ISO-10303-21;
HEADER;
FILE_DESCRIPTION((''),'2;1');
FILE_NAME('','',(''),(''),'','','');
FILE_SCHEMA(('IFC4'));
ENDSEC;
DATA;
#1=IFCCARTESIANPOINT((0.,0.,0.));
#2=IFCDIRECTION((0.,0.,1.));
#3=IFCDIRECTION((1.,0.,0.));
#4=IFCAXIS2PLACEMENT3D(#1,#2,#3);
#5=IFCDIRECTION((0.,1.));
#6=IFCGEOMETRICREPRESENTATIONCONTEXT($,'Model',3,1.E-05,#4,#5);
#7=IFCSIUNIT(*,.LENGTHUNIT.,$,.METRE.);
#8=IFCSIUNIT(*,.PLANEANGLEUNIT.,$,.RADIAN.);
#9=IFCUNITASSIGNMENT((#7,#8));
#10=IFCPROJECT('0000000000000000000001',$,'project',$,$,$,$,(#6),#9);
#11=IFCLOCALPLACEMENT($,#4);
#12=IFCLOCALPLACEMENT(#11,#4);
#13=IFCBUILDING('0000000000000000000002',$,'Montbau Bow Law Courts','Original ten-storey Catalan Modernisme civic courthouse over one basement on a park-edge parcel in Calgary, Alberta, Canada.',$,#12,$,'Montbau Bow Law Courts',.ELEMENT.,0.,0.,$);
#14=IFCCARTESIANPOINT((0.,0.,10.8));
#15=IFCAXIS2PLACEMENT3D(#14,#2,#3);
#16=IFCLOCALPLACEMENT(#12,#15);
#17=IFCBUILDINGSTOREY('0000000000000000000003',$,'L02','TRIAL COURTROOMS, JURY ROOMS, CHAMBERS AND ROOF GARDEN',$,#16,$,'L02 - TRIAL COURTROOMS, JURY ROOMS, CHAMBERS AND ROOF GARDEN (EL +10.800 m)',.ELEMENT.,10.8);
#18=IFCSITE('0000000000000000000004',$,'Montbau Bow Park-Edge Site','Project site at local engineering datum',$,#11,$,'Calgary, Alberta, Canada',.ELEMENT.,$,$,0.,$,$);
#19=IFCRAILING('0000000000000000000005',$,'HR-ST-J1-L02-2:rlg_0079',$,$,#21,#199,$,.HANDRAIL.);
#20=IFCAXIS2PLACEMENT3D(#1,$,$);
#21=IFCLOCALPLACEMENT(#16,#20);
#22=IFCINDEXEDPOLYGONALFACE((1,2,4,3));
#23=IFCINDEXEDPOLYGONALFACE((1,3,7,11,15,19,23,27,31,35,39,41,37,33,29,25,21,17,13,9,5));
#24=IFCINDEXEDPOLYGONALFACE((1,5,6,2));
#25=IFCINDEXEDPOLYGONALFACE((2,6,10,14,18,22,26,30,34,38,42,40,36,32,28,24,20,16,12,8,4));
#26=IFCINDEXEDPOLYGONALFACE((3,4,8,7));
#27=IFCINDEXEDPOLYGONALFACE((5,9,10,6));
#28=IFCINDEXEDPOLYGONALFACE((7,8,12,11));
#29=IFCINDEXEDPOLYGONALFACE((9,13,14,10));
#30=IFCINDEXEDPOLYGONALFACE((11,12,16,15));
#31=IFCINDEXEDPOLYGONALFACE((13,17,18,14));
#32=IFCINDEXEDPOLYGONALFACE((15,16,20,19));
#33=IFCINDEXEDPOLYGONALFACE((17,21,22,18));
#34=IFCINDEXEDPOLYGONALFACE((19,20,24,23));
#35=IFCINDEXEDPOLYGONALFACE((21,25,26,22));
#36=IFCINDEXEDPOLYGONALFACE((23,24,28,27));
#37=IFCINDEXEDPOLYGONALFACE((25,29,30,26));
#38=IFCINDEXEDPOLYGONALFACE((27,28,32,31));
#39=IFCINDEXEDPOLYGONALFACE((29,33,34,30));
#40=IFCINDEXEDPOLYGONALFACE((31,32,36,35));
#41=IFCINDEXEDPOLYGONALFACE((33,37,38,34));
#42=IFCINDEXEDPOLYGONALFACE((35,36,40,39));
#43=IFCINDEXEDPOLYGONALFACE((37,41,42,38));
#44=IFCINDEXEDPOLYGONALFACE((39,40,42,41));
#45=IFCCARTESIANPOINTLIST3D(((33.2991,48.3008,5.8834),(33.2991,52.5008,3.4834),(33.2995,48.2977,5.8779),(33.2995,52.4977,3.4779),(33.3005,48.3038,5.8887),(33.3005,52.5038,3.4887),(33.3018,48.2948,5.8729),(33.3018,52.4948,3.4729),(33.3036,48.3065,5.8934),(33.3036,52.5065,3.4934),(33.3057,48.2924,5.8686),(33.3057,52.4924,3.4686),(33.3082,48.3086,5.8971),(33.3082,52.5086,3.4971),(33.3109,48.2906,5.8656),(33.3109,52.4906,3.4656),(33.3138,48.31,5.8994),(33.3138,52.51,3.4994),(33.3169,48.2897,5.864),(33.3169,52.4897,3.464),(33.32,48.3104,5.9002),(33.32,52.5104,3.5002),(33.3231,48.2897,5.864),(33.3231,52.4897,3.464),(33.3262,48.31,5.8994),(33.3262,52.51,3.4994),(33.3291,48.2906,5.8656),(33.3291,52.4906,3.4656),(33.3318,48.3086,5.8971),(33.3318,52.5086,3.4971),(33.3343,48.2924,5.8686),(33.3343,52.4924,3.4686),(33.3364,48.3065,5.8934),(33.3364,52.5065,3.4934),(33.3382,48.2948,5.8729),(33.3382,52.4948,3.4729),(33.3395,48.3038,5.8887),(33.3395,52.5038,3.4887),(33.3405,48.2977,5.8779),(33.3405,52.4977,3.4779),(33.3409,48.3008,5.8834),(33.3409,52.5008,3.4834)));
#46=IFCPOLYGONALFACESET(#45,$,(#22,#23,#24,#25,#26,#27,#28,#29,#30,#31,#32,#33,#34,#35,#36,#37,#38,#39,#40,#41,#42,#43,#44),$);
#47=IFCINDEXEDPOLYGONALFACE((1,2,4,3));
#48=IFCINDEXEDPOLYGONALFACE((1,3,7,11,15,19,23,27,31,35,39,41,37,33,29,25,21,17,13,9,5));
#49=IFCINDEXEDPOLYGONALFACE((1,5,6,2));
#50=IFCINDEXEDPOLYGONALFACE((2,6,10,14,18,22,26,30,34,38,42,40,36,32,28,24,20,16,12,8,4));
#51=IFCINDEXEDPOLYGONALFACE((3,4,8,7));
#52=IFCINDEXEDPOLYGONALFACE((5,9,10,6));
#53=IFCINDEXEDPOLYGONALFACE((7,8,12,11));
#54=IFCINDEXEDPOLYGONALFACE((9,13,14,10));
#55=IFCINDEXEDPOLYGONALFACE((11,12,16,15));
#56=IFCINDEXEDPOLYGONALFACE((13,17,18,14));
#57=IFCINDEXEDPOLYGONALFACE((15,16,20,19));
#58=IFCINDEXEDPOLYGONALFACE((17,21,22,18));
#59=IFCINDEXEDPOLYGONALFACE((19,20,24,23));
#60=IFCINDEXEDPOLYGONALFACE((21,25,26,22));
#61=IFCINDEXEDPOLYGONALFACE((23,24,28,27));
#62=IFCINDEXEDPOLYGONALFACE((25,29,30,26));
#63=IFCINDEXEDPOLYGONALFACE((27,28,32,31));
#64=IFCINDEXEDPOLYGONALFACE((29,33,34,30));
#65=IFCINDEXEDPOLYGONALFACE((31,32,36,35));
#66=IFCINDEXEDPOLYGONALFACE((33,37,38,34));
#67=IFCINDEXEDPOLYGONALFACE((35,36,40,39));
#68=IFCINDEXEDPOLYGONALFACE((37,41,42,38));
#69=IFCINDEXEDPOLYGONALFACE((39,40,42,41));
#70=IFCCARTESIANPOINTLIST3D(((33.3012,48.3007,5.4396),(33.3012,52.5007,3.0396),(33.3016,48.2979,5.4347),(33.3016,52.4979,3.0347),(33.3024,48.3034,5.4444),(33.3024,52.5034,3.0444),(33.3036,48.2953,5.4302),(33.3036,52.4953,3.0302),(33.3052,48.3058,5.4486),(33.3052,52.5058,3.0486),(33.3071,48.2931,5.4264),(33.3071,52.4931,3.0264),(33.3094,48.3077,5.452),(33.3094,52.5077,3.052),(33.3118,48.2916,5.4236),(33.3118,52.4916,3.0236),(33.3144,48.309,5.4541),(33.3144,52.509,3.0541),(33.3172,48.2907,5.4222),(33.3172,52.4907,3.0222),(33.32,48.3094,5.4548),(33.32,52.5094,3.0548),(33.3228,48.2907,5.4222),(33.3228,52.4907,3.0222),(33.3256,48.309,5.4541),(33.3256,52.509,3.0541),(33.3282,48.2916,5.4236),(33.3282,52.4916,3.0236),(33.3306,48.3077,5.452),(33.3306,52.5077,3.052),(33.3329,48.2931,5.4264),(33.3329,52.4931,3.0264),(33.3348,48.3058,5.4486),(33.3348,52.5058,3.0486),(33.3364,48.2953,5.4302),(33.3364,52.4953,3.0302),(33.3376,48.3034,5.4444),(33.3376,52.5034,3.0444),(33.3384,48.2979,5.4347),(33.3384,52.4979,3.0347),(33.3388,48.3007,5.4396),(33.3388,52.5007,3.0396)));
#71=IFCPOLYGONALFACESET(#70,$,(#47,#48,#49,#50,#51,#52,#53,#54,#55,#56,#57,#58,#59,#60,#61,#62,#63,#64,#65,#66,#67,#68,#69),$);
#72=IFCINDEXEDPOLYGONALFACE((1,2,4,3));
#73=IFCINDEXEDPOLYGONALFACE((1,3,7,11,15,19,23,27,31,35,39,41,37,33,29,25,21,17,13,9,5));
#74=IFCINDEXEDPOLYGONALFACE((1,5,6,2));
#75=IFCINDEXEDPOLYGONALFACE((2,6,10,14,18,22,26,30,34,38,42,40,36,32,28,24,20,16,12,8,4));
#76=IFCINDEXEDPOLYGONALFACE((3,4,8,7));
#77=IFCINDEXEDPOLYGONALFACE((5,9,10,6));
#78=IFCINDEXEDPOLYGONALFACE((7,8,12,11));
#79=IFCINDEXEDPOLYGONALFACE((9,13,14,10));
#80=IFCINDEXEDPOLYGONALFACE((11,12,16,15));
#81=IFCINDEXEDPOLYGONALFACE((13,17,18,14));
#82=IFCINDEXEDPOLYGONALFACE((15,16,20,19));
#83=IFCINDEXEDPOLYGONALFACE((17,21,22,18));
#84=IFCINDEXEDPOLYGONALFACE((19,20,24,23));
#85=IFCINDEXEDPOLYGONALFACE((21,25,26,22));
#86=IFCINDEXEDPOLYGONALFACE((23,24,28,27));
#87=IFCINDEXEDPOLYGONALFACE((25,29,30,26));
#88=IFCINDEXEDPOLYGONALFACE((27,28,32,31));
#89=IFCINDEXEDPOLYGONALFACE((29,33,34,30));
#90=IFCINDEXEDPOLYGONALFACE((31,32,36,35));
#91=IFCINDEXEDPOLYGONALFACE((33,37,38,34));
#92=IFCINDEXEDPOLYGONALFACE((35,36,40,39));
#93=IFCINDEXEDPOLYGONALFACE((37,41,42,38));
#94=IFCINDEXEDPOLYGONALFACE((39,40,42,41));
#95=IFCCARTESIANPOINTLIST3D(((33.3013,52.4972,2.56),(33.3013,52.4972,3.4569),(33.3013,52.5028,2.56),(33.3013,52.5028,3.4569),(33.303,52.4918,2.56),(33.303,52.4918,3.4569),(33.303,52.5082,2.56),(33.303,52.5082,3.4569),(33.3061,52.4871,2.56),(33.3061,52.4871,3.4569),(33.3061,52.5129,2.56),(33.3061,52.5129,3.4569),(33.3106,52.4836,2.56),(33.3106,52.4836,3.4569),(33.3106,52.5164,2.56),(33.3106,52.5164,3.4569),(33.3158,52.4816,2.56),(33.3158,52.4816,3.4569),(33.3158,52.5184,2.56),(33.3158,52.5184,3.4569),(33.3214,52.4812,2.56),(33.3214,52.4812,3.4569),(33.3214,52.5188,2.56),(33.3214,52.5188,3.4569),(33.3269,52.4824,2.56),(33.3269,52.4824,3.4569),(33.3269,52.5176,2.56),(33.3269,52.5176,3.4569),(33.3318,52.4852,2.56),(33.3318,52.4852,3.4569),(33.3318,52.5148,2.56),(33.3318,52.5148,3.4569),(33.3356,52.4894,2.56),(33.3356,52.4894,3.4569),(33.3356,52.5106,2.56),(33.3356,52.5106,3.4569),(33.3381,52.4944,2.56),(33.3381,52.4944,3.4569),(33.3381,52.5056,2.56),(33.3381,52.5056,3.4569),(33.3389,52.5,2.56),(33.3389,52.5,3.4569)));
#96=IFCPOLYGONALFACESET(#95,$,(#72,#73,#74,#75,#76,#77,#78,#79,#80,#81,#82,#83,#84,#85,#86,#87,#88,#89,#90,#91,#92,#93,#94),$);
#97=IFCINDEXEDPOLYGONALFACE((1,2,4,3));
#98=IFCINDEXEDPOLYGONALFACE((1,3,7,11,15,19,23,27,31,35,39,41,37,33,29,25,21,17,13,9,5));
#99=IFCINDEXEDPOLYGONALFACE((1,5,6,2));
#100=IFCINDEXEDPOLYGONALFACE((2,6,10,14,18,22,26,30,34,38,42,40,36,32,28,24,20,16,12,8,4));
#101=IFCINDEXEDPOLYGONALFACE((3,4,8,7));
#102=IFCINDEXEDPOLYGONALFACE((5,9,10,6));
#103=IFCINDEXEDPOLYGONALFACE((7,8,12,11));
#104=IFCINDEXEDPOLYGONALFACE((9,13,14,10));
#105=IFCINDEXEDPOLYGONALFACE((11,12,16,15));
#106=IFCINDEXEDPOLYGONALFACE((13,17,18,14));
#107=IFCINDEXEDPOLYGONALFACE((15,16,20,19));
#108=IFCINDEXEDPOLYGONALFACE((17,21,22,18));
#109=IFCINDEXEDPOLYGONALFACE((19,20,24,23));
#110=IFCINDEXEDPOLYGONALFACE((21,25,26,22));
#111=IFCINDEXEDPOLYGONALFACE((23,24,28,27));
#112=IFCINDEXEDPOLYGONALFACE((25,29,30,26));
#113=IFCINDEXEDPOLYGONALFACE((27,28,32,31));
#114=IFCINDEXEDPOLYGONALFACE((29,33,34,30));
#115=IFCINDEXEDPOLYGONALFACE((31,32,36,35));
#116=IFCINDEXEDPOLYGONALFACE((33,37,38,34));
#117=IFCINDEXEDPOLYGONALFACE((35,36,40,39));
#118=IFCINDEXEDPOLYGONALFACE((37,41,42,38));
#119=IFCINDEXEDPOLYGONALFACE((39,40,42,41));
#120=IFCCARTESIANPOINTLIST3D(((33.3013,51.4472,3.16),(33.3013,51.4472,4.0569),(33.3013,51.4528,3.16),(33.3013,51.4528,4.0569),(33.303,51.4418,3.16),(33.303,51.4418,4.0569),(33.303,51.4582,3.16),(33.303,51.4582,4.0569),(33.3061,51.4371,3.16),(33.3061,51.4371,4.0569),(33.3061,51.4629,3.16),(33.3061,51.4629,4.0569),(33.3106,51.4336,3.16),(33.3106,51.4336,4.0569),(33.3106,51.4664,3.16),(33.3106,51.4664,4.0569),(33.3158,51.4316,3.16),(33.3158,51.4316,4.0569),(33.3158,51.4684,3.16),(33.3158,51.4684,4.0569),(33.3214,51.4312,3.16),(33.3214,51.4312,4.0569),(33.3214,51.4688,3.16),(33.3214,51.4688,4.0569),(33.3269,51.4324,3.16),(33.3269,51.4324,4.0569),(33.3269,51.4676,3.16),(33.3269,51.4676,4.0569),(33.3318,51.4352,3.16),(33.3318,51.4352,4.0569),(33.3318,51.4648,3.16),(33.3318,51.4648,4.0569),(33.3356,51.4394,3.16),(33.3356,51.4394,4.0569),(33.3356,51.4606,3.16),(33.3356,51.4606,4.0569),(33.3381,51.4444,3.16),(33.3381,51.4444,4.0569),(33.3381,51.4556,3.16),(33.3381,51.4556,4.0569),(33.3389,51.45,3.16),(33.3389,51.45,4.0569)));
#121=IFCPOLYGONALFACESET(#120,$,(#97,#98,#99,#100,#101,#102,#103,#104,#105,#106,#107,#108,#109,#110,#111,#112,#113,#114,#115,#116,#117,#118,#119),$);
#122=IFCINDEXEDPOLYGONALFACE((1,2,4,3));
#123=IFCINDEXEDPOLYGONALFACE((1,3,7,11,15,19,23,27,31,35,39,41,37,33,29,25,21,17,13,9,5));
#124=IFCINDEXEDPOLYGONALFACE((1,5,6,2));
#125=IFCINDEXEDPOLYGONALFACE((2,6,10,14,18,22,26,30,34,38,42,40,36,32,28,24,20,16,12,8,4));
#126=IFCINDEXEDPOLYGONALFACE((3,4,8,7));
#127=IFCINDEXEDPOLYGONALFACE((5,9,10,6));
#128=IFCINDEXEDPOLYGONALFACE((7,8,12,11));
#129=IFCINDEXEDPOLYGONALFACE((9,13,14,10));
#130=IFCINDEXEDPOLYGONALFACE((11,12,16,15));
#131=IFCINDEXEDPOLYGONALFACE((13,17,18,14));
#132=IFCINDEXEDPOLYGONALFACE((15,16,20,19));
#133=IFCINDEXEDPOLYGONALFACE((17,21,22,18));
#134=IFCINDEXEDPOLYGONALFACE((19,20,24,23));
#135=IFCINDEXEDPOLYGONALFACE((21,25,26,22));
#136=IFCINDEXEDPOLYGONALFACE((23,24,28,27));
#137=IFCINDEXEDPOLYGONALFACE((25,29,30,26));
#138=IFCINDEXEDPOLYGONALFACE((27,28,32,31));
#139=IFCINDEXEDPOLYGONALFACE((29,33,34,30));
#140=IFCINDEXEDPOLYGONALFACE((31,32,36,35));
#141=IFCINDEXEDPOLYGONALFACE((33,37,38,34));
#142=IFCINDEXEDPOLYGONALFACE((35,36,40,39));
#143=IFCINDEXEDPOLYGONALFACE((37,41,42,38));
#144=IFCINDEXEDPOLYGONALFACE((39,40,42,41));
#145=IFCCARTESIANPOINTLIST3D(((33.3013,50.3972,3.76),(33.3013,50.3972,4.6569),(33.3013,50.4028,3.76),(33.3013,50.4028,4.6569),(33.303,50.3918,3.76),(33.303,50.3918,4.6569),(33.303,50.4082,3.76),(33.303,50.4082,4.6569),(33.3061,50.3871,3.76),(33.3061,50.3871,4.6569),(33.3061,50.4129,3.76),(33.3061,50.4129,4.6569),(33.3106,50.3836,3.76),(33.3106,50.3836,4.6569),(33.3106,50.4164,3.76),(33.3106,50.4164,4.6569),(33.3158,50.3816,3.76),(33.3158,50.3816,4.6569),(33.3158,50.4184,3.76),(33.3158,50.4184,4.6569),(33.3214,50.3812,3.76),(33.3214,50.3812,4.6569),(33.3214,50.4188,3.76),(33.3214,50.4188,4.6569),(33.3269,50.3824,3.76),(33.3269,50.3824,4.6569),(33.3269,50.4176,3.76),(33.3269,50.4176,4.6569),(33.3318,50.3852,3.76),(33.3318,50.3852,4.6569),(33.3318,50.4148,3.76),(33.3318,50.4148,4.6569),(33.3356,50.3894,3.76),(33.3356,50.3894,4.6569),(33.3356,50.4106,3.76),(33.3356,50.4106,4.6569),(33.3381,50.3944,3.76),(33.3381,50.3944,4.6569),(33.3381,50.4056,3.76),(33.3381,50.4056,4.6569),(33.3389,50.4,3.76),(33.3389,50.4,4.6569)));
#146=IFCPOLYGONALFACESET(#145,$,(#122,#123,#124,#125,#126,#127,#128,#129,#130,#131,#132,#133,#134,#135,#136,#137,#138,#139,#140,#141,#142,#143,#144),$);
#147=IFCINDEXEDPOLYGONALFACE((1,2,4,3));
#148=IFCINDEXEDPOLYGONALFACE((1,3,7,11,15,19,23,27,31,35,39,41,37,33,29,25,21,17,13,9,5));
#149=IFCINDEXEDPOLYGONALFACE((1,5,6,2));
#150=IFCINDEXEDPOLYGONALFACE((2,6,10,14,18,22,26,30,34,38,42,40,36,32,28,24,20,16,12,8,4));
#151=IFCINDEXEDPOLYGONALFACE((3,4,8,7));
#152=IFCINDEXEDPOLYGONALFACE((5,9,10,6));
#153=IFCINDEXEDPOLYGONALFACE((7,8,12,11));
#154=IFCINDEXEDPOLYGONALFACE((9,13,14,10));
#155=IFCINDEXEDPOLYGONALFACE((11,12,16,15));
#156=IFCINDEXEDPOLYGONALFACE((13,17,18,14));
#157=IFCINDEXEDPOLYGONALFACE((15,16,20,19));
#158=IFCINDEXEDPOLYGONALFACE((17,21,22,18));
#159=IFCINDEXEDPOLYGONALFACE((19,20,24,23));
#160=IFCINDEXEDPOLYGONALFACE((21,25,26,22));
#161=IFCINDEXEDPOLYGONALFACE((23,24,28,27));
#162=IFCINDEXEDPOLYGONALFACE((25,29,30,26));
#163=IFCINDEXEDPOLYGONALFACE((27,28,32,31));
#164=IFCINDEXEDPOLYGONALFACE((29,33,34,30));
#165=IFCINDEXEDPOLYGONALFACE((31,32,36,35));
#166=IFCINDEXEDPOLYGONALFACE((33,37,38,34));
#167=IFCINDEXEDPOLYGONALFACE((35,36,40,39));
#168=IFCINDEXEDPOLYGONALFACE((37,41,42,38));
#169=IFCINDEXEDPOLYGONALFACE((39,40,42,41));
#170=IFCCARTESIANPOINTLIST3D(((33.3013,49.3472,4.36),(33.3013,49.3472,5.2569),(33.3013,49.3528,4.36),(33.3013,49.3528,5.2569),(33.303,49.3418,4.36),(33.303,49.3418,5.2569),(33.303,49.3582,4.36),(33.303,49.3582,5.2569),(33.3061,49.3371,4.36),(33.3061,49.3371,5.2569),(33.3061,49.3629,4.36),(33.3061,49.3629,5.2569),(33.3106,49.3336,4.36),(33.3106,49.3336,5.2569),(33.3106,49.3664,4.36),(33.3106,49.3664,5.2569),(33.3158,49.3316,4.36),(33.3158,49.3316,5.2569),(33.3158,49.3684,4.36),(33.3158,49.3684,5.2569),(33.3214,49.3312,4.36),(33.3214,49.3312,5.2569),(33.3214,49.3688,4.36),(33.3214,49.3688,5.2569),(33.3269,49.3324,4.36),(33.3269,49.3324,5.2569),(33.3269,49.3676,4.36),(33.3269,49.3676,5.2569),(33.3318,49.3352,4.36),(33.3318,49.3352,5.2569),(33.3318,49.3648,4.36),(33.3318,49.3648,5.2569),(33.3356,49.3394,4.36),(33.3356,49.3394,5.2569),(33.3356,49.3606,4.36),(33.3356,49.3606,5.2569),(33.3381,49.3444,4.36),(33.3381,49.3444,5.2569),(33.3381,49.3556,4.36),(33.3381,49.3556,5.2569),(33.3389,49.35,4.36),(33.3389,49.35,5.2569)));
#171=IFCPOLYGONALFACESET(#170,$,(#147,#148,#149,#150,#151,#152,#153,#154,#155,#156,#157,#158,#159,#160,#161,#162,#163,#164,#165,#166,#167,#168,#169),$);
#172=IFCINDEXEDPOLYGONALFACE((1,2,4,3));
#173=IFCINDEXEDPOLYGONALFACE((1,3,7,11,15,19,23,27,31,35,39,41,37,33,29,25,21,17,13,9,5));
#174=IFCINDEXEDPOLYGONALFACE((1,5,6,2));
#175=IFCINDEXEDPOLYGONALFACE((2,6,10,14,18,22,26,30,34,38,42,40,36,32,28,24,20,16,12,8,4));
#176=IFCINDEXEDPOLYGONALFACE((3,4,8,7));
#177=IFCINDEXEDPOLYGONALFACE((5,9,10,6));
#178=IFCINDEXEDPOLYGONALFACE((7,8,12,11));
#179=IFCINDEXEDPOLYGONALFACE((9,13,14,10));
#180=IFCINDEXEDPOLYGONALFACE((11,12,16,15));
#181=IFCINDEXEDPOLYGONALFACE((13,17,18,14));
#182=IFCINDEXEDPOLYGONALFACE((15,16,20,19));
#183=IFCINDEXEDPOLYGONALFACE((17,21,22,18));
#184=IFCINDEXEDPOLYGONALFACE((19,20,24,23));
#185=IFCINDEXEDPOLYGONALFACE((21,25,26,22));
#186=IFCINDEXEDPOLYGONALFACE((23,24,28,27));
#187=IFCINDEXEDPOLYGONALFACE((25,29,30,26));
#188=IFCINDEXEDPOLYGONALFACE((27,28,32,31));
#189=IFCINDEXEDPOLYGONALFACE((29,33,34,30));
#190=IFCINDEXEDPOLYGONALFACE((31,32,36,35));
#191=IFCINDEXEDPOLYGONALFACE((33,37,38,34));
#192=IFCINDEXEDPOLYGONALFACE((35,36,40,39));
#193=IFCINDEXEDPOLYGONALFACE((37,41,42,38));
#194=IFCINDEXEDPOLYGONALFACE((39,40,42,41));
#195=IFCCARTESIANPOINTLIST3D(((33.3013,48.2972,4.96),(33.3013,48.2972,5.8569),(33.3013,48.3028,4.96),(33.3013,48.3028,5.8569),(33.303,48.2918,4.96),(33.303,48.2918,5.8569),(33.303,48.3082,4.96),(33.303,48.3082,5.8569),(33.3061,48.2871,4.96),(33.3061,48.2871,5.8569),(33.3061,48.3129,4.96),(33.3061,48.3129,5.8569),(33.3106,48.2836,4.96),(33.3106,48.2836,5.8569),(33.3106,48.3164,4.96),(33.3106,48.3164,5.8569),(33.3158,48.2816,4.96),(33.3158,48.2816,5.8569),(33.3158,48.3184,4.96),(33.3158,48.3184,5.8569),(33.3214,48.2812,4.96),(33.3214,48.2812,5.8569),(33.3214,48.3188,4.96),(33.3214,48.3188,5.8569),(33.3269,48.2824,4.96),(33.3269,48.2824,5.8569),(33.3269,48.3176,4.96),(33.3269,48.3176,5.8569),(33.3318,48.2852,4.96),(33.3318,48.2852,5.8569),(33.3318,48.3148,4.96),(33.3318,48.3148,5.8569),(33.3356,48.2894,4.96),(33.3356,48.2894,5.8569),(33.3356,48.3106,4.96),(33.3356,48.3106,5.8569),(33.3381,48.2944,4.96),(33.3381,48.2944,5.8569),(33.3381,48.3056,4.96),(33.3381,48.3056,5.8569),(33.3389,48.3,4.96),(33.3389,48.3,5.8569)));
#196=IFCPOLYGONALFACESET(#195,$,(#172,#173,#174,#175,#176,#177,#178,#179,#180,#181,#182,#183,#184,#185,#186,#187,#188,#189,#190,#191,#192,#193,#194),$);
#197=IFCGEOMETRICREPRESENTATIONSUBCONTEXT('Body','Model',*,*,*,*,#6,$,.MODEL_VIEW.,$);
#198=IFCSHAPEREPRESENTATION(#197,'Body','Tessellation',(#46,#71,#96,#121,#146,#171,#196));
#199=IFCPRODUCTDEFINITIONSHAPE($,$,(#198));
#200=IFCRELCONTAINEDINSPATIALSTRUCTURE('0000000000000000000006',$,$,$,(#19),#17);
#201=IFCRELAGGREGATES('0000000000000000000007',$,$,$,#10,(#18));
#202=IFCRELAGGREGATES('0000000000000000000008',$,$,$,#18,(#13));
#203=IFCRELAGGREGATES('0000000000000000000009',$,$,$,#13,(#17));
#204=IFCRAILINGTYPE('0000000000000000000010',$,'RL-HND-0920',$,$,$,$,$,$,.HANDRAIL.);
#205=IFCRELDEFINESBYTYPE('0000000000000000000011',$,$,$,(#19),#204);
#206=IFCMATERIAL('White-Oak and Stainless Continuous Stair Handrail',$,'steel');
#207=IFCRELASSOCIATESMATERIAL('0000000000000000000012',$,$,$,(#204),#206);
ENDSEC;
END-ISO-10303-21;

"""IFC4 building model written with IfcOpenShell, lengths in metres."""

from ifc_helpers import new_model, si_unit, direction, frame, origin_with_axes, origin_2d_with_axis, place, context, subcontext, project, spatial, circle, extrude, material, type_object, element, save


model = new_model("IFC4")

# Units and contexts
model_context = context("Model", 3, precision=1e-05, world=origin_with_axes(), true_north=direction((0.0, 1.0)))
body_context = subcontext(model_context, "Body", "Model", "MODEL_VIEW")
ifc_project = project(units=[si_unit("LENGTHUNIT", "METRE"), si_unit("PLANEANGLEUNIT", "RADIAN")], contexts=[model_context])

# Site, building, storey
site_placement = place(None, origin_with_axes())
site = spatial("IfcSite", under=ifc_project, at=site_placement, Name="Montbau Bow Park-Edge Site", Description="Project site at local engineering datum", LongName="Calgary, Alberta, Canada", CompositionType="ELEMENT", RefElevation=0.0)
building_placement = place(site_placement, origin_with_axes())
building = spatial("IfcBuilding", under=site, at=building_placement, Name="Montbau Bow Law Courts", Description="Original ten-storey Catalan Modernisme civic courthouse over one basement on a park-edge parcel in Calgary, Alberta, Canada.", LongName="Montbau Bow Law Courts", CompositionType="ELEMENT", ElevationOfRefHeight=0.0, ElevationOfTerrain=0.0)
storey_placement = place(building_placement, frame((0.0, 0.0, 10.8), z_axis=(0.0, 0.0, 1.0), x_axis=(1.0, 0.0, 0.0)))
storey = spatial("IfcBuildingStorey", under=building, at=storey_placement, Name="L02", Description="TRIAL COURTROOMS, JURY ROOMS, CHAMBERS AND ROOF GARDEN", LongName="L02 - TRIAL COURTROOMS, JURY ROOMS, CHAMBERS AND ROOF GARDEN (EL +10.800 m)", CompositionType="ELEMENT", Elevation=10.8)

# Railing
ifc_material_1 = material(Name="White-Oak and Stainless Continuous Stair Handrail", Category="steel")
railing_type_1 = type_object("IfcRailingType", Name="RL-HND-0920", PredefinedType="HANDRAIL", material=ifc_material_1)
railing_1_placement = place(None, origin_with_axes())
element("IfcRailing", 1, at=railing_1_placement, inside=storey, type_object=railing_type_1, Name="HR-ST-J1-L02-2:rlg_0079", PredefinedType="HANDRAIL", context=body_context, shape_type="SweptSolid", body=[
    extrude(circle(Radius=0.021, at=origin_2d_with_axis()), frame((33.32, 52.5, 14.282), z_axis=(0.0, -0.868243, 0.496139), x_axis=(0.0, 0.496139, 0.868243)), (0.0, 0.0, 1.0), 4.8374),
    extrude(circle(Radius=0.0189, at=origin_2d_with_axis()), frame((33.32, 52.5, 13.8384), z_axis=(0.0, -0.868243, 0.496139), x_axis=(0.0, 0.496139, 0.868243)), (0.0, 0.0, 1.0), 4.8374),
    extrude(circle(Radius=0.0189, at=origin_2d_with_axis()), frame((33.32, 52.5, 13.36), z_axis=(0.0, 0.0, 1.0), x_axis=(1.0, 0.0, 0.0)), (0.0, 0.0, 1.0), 0.8969),
    extrude(circle(Radius=0.0189, at=origin_2d_with_axis()), frame((33.32, 51.45, 13.96), z_axis=(0.0, 0.0, 1.0), x_axis=(1.0, 0.0, 0.0)), (0.0, 0.0, 1.0), 0.8969),
    extrude(circle(Radius=0.0189, at=origin_2d_with_axis()), frame((33.32, 50.4, 14.56), z_axis=(0.0, 0.0, 1.0), x_axis=(1.0, 0.0, 0.0)), (0.0, 0.0, 1.0), 0.8969),
    extrude(circle(Radius=0.0189, at=origin_2d_with_axis()), frame((33.32, 49.35, 15.16), z_axis=(0.0, 0.0, 1.0), x_axis=(1.0, 0.0, 0.0)), (0.0, 0.0, 1.0), 0.8969),
    extrude(circle(Radius=0.0189, at=origin_2d_with_axis()), frame((33.32, 48.3, 15.76), z_axis=(0.0, 0.0, 1.0), x_axis=(1.0, 0.0, 0.0)), (0.0, 0.0, 1.0), 0.8969),
])

save(model, "model.ifc")
